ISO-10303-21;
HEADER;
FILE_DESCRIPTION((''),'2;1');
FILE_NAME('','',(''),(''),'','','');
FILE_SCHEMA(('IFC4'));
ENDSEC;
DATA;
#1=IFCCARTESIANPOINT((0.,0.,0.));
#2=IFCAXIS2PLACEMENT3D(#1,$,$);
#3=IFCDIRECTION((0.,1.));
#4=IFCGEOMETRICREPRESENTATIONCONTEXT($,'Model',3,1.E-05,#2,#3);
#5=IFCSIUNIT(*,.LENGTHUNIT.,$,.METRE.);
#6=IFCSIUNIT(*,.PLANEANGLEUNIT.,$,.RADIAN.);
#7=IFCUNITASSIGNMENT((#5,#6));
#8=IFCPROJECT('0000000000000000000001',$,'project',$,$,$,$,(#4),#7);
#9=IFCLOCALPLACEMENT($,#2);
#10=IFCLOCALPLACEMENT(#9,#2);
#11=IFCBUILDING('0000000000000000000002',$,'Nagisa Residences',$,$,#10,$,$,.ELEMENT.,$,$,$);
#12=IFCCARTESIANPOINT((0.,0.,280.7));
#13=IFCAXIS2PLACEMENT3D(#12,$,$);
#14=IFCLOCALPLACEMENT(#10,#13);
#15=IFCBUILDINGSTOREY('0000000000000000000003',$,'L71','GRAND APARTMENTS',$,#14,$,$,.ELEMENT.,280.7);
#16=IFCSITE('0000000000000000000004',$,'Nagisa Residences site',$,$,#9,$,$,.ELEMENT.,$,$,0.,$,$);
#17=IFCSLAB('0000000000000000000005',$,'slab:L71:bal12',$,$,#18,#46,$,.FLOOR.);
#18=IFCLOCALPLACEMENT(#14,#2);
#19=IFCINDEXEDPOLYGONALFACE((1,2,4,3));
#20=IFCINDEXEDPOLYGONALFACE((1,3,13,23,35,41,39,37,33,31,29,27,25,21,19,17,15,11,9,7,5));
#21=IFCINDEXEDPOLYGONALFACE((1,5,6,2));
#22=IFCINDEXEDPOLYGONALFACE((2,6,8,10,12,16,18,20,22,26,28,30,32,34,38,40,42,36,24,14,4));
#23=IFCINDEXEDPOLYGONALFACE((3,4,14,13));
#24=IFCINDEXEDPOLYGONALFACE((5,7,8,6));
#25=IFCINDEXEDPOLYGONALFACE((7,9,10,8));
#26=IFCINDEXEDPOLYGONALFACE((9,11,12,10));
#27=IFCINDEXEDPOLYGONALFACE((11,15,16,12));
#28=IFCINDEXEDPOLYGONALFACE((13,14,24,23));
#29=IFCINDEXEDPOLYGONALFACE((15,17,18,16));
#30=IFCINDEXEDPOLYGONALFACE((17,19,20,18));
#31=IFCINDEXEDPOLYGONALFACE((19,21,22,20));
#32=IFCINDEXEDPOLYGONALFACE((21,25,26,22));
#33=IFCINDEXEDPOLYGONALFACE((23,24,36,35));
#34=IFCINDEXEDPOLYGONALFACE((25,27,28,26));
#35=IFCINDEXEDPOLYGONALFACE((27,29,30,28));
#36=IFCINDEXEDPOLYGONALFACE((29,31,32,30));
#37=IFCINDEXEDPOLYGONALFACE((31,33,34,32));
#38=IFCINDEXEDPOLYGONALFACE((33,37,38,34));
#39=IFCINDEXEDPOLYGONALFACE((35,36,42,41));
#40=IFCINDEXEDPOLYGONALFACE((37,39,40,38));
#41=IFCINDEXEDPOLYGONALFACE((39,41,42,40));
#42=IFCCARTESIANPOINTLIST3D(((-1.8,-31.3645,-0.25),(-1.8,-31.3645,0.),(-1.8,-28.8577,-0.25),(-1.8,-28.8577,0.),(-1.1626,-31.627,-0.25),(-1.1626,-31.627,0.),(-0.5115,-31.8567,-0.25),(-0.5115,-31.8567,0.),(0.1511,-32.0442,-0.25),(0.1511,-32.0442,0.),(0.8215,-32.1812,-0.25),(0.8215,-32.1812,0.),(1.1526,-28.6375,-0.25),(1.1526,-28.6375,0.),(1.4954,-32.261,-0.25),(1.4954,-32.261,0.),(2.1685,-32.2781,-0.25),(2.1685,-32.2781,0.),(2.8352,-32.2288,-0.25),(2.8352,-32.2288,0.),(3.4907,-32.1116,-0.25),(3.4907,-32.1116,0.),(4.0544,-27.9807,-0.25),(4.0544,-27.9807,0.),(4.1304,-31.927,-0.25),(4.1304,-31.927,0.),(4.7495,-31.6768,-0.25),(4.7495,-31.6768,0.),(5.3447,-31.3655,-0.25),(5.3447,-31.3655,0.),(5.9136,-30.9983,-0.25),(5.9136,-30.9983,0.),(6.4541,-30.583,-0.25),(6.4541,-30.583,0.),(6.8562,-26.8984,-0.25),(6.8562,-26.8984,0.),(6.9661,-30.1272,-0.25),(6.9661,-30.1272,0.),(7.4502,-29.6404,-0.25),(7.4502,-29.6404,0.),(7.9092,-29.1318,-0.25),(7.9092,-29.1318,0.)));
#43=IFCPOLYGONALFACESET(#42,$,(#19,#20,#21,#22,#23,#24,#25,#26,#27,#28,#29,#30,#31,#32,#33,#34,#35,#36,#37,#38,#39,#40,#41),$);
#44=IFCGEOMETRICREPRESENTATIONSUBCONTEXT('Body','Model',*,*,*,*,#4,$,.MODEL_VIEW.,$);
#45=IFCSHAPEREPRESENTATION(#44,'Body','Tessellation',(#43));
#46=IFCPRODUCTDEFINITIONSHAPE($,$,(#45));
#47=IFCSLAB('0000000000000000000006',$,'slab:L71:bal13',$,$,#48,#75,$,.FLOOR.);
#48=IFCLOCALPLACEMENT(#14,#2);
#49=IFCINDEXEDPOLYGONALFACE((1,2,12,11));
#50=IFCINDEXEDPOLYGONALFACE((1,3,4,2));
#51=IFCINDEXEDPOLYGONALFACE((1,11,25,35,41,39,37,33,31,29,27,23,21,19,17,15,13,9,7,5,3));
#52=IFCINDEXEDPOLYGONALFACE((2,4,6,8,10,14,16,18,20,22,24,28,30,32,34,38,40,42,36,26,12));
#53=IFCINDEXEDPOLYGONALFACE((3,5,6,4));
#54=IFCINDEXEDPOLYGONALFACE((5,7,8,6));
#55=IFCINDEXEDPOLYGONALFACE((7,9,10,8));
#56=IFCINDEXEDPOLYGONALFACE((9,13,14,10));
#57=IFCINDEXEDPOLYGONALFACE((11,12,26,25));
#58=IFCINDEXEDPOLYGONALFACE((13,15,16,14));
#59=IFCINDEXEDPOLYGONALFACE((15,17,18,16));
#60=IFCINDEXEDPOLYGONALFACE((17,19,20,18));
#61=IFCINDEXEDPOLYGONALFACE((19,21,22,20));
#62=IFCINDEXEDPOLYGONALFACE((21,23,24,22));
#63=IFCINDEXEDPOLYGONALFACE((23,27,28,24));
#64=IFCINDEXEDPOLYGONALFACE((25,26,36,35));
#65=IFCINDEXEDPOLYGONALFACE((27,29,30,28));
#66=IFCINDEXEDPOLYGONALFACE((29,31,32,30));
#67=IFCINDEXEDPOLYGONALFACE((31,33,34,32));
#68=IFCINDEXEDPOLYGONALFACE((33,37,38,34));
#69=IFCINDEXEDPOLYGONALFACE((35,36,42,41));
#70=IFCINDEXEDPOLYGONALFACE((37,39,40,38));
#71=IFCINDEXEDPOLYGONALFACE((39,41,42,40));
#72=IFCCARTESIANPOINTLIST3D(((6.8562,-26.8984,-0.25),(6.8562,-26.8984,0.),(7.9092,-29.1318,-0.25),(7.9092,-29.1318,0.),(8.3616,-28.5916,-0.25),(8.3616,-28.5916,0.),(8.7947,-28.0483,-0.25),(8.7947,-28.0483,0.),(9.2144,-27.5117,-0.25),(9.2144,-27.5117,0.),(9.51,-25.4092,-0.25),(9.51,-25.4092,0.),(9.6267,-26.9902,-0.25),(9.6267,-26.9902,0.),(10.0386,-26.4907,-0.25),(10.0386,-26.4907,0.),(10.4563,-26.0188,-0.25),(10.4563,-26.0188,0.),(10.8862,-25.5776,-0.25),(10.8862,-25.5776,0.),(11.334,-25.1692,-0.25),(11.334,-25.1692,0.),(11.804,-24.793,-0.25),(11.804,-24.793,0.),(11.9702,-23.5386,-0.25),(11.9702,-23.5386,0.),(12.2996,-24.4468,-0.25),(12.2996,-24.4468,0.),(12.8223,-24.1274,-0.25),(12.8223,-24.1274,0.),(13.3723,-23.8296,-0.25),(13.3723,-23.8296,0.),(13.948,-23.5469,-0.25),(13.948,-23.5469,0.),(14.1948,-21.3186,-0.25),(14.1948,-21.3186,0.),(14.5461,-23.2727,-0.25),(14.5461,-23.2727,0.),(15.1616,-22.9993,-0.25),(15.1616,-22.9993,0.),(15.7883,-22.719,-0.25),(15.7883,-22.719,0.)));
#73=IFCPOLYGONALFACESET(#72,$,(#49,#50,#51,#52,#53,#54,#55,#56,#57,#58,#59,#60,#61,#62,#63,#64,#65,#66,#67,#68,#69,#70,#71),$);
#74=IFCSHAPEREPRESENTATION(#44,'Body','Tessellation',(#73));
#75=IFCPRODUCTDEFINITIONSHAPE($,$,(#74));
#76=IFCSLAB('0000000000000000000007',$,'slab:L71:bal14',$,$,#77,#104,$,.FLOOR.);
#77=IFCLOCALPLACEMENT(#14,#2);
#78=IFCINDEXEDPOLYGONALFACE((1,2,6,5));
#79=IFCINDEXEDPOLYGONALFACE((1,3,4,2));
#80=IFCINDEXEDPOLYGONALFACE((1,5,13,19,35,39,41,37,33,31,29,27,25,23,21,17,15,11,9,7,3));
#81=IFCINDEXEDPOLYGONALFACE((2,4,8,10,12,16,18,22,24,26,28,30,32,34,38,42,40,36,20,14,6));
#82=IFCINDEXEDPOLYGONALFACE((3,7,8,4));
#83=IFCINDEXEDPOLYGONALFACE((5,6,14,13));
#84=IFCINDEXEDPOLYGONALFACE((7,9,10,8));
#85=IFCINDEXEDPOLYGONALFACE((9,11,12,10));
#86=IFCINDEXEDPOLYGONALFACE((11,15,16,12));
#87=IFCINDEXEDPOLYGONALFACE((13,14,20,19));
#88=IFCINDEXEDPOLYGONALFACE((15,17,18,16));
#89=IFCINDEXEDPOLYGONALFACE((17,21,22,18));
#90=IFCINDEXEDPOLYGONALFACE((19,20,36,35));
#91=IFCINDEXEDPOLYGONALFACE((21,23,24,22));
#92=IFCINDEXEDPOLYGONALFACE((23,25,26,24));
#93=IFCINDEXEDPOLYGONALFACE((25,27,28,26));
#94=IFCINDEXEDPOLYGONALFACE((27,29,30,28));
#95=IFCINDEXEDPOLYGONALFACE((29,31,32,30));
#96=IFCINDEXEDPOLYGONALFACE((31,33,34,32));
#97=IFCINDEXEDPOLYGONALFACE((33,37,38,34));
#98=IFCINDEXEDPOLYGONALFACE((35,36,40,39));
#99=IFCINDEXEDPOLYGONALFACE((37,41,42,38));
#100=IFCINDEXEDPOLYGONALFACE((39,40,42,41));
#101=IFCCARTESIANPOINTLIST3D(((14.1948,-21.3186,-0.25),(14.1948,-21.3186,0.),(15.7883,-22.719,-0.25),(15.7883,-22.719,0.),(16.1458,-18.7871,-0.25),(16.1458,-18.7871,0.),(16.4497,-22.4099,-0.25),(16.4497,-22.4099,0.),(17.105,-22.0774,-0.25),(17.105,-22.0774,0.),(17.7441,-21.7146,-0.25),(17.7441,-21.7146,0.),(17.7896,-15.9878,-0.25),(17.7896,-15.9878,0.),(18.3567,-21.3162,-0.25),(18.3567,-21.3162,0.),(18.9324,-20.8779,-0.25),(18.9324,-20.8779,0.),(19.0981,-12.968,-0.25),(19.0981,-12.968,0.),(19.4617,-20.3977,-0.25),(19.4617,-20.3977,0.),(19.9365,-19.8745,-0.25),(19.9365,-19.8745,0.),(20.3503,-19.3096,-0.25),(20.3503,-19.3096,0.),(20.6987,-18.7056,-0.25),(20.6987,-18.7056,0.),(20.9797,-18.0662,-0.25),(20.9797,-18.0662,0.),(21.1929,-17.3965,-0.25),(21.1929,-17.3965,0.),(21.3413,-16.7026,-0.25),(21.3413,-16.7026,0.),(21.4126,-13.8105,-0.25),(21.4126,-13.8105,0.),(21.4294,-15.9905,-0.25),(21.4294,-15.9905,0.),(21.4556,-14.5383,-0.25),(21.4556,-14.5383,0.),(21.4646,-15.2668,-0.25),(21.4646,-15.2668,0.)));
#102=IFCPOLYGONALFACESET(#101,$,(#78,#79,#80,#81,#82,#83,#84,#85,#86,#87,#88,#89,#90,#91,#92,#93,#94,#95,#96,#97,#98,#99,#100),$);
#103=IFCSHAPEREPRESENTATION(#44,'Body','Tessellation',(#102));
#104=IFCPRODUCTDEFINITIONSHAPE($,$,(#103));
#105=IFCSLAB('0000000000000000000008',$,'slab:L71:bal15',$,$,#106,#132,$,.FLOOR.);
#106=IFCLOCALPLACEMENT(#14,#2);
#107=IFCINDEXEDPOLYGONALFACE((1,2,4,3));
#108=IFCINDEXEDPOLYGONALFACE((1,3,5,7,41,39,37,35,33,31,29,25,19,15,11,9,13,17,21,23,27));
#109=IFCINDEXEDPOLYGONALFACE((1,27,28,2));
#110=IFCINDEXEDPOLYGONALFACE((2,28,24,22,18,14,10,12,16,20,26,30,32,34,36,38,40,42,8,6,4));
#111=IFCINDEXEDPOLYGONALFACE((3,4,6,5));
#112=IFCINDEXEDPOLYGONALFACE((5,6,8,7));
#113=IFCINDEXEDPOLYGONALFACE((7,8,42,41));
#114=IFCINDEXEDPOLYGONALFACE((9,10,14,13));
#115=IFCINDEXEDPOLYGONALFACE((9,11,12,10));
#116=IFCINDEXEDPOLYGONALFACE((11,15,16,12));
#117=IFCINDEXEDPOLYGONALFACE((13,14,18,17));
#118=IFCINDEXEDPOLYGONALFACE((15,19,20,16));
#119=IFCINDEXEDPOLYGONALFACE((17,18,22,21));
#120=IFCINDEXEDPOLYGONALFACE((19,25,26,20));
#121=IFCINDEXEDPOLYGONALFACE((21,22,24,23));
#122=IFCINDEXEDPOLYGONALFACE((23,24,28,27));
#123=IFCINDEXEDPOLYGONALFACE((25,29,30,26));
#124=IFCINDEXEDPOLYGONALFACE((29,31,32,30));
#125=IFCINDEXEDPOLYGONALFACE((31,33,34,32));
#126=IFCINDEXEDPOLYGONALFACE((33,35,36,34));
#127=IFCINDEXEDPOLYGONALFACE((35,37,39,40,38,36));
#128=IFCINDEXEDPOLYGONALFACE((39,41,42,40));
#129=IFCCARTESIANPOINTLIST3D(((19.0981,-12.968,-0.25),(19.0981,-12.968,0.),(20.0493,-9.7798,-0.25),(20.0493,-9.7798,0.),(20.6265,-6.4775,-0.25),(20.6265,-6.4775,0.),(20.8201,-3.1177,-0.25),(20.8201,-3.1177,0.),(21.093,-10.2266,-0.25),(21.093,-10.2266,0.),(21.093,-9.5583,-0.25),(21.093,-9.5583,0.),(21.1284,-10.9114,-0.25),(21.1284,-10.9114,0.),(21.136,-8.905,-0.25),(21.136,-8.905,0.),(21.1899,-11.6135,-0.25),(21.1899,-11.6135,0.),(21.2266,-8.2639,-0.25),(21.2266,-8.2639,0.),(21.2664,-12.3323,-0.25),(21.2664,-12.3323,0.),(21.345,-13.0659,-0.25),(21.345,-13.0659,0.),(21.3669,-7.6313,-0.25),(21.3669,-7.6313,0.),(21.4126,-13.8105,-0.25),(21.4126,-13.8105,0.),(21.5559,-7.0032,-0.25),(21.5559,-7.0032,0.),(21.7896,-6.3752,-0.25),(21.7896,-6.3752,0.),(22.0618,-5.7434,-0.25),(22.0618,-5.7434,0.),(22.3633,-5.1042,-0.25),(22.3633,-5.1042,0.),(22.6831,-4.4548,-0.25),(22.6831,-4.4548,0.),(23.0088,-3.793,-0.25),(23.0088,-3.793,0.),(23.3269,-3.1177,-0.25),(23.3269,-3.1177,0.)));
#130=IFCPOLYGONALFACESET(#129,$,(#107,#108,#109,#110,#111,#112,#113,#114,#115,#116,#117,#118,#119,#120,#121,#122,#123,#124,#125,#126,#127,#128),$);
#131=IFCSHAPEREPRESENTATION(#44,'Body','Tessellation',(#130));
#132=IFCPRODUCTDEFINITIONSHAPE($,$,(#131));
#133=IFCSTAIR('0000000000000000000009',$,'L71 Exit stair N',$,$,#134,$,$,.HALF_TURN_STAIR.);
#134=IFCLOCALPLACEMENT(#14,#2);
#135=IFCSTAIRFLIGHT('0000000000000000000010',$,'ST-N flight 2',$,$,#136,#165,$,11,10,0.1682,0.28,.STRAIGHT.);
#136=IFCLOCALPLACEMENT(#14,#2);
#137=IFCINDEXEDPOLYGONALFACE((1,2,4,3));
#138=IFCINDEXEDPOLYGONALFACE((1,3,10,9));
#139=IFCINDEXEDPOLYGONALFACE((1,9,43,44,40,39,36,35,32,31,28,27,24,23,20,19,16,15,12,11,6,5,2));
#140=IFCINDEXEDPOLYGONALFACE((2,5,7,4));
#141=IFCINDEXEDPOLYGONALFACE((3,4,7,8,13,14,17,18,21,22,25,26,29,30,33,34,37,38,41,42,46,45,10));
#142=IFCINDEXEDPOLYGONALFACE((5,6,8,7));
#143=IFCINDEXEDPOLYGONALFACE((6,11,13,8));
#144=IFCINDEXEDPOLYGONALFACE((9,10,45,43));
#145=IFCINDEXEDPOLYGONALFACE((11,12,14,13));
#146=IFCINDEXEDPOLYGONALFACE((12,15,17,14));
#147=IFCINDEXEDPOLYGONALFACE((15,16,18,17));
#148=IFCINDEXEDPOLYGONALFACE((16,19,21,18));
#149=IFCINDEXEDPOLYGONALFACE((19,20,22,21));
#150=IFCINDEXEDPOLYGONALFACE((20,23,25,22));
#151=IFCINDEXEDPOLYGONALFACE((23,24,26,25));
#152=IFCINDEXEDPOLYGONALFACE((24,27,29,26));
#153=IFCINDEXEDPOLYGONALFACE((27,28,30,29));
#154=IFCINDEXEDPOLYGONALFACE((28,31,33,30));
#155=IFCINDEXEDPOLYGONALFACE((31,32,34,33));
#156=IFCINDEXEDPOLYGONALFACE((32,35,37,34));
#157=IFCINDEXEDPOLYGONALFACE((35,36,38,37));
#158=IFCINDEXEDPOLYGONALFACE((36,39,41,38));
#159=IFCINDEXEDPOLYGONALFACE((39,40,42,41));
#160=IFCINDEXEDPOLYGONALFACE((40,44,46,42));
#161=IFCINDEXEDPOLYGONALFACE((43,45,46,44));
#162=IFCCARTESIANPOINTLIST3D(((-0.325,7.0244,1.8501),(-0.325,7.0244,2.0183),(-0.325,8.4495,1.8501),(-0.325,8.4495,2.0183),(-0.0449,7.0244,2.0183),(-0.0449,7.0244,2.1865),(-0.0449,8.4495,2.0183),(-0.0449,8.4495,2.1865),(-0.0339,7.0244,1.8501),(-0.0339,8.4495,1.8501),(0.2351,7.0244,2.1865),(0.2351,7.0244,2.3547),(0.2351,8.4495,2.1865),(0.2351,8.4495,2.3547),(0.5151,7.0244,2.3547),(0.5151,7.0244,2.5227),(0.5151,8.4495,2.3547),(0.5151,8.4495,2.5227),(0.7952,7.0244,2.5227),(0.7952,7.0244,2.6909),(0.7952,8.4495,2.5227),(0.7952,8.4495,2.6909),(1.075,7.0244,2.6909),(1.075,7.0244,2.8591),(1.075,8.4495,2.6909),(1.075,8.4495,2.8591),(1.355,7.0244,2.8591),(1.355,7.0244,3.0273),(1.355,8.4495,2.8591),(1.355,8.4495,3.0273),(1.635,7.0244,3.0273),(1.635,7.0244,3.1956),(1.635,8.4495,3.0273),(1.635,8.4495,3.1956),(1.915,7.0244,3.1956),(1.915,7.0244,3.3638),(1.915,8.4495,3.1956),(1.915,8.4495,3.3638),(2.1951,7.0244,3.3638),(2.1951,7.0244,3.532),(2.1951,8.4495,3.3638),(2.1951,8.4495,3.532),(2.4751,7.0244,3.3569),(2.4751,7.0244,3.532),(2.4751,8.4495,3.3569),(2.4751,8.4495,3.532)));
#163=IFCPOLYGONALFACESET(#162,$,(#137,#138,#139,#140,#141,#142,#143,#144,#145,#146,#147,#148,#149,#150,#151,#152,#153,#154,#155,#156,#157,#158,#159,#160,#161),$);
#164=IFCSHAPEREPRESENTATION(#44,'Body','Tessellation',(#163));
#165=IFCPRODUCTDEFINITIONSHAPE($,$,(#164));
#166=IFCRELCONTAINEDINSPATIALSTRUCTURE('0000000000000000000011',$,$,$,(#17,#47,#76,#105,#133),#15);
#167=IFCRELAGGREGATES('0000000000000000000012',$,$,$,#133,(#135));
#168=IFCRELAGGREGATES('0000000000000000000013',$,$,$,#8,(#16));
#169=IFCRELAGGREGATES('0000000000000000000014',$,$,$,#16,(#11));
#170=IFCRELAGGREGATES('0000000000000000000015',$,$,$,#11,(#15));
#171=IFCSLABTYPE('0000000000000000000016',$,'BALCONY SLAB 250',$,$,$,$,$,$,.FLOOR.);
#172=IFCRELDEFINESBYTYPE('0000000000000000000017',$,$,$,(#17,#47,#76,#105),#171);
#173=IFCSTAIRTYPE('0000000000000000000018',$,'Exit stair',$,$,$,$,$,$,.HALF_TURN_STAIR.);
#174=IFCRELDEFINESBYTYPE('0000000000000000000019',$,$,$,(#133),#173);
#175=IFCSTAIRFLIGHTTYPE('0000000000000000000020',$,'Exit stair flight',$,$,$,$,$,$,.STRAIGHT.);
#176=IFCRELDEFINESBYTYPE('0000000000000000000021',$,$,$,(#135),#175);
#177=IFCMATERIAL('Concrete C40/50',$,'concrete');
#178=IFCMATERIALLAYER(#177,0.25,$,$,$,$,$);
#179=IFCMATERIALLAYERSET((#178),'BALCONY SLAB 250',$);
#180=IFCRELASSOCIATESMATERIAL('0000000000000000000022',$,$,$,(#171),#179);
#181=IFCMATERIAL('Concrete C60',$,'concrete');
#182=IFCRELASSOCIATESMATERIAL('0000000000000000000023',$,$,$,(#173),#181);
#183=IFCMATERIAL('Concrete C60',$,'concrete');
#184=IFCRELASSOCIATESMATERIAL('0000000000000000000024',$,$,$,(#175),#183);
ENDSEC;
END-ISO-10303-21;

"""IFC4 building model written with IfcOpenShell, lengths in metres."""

from ifc_helpers import new_model, si_unit, direction, frame, origin, place, context, subcontext, project, spatial, polyline, outline, extrude, material, layer, layer_set, type_object, element, aggregate, save


model = new_model("IFC4")

# Units and contexts
model_context = context("Model", 3, precision=1e-05, world=origin(), true_north=direction((0.0, 1.0)))
body_context = subcontext(model_context, "Body", "Model", "MODEL_VIEW")
ifc_project = project(units=[si_unit("LENGTHUNIT", "METRE"), si_unit("PLANEANGLEUNIT", "RADIAN")], contexts=[model_context])

# Site, building, storey
site_placement = place(None, origin())
site = spatial("IfcSite", under=ifc_project, at=site_placement, Name="Nagisa Residences site", CompositionType="ELEMENT", RefElevation=0.0)
building_placement = place(site_placement, origin())
building = spatial("IfcBuilding", under=site, at=building_placement, Name="Nagisa Residences", CompositionType="ELEMENT")
storey_placement = place(building_placement, frame((0.0, 0.0, 280.7)))
storey = spatial("IfcBuildingStorey", under=building, at=storey_placement, Name="L71", Description="GRAND APARTMENTS", CompositionType="ELEMENT", Elevation=280.7)

# Slabs
ifc_material_1 = material(Name="Concrete C40/50", Category="concrete")
ifc_layer = layer(ifc_material_1, 0.25)
ifc_layer_set = layer_set([ifc_layer], Name="BALCONY SLAB 250")
slab_type = type_object("IfcSlabType", Name="BALCONY SLAB 250", PredefinedType="FLOOR", material=ifc_layer_set)
slab_1_placement = place(storey_placement, frame((0.0, 0.0, -0.25)))
element("IfcSlab", 1, at=slab_1_placement, inside=storey, type_object=slab_type, Name="slab:L71:bal12", PredefinedType="FLOOR", context=body_context, shape_type="SweptSolid", body=[
    extrude(outline(polyline([(-1.8, -31.3645), (-1.1626, -31.627), (-0.5115, -31.8567), (0.1511, -32.0442), (0.8215, -32.1812), (1.4954, -32.261), (2.1685, -32.2781), (2.8352, -32.2288), (3.4907, -32.1116), (4.1304, -31.927), (4.7495, -31.6768), (5.3447, -31.3655), (5.9136, -30.9983), (6.4541, -30.583), (6.9661, -30.1272), (7.4502, -29.6404), (7.9092, -29.1318), (6.8562, -26.8984), (4.0544, -27.9807), (1.1526, -28.6375), (-1.8, -28.8577), (-1.8, -31.3645)])), origin(), (0.0, 0.0, 1.0), 0.25),
])
slab_2_placement = place(storey_placement, frame((0.0, 0.0, -0.25)))
element("IfcSlab", 2, at=slab_2_placement, inside=storey, type_object=slab_type, Name="slab:L71:bal13", PredefinedType="FLOOR", context=body_context, shape_type="SweptSolid", body=[
    extrude(outline(polyline([(7.9092, -29.1318), (8.3616, -28.5916), (8.7947, -28.0483), (9.2144, -27.5117), (9.6267, -26.9902), (10.0386, -26.4907), (10.4563, -26.0188), (10.8862, -25.5776), (11.334, -25.1692), (11.804, -24.793), (12.2996, -24.4468), (12.8223, -24.1274), (13.3723, -23.8296), (13.948, -23.5469), (14.5461, -23.2727), (15.1616, -22.9993), (15.7883, -22.719), (14.1948, -21.3186), (11.9702, -23.5386), (9.51, -25.4092), (6.8562, -26.8984), (7.9092, -29.1318)])), origin(), (0.0, 0.0, 1.0), 0.25),
])
slab_3_placement = place(storey_placement, frame((0.0, 0.0, -0.25)))
element("IfcSlab", 3, at=slab_3_placement, inside=storey, type_object=slab_type, Name="slab:L71:bal14", PredefinedType="FLOOR", context=body_context, shape_type="SweptSolid", body=[
    extrude(outline(polyline([(15.7883, -22.719), (16.4497, -22.4099), (17.105, -22.0774), (17.7441, -21.7146), (18.3567, -21.3162), (18.9324, -20.8779), (19.4617, -20.3977), (19.9365, -19.8745), (20.3503, -19.3096), (20.6987, -18.7056), (20.9797, -18.0662), (21.1929, -17.3965), (21.3413, -16.7026), (21.4294, -15.9905), (21.4646, -15.2668), (21.4556, -14.5383), (21.4126, -13.8105), (19.0981, -12.968), (17.7896, -15.9878), (16.1458, -18.7871), (14.1948, -21.3186), (15.7883, -22.719)])), origin(), (0.0, 0.0, 1.0), 0.25),
])
slab_4_placement = place(storey_placement, frame((0.0, 0.0, -0.25)))
element("IfcSlab", 4, at=slab_4_placement, inside=storey, type_object=slab_type, Name="slab:L71:bal15", PredefinedType="FLOOR", context=body_context, shape_type="SweptSolid", body=[
    extrude(outline(polyline([(21.4126, -13.8105), (21.345, -13.0659), (21.2664, -12.3323), (21.1899, -11.6135), (21.1284, -10.9114), (21.093, -10.2266), (21.093, -9.5583), (21.136, -8.905), (21.2266, -8.2639), (21.3669, -7.6313), (21.5559, -7.0032), (21.7896, -6.3752), (22.0618, -5.7434), (22.3633, -5.1042), (22.6831, -4.4548), (23.0088, -3.793), (23.3269, -3.1177), (20.8201, -3.1177), (20.6265, -6.4775), (20.0493, -9.7798), (19.0981, -12.968), (21.4126, -13.8105)])), origin(), (0.0, 0.0, 1.0), 0.25),
])

# Stair, stair flight
ifc_material_2 = material(Name="Concrete C60", Category="concrete")
stair_type = type_object("IfcStairType", Name="Exit stair", PredefinedType="HALF_TURN_STAIR", material=ifc_material_2)
stair_placement = place(storey_placement, origin())
stair = element("IfcStair", 5, at=stair_placement, inside=storey, type_object=stair_type, Name="L71 Exit stair N", PredefinedType="HALF_TURN_STAIR")
ifc_material_3 = material(Name="Concrete C60", Category="concrete")
stair_flight_type = type_object("IfcStairFlightType", Name="Exit stair flight", PredefinedType="STRAIGHT", material=ifc_material_3)
stair_flight_placement = place(storey_placement, frame((-0.325, 7.7371, 1.8501), z_axis=(0.0, 0.0, 1.0), x_axis=(1.0, 0.0, 0.0)))
stair_flight = element("IfcStairFlight", 6, at=stair_flight_placement, type_object=stair_flight_type, Name="ST-N flight 2", NumberOfRisers=11, NumberOfTreads=10, PredefinedType="STRAIGHT", RiserHeight=0.1682, TreadLength=0.28, context=body_context, shape_type="SweptSolid", body=[
    extrude(outline(polyline([(0.0, 0.0), (0.0, 0.1682), (0.28, 0.1682), (0.28, 0.3364), (0.5601, 0.3364), (0.5601, 0.5046), (0.8401, 0.5046), (0.8401, 0.6726), (1.1201, 0.6726), (1.1201, 0.8408), (1.3999, 0.8408), (1.3999, 1.009), (1.6799, 1.009), (1.6799, 1.1772), (1.96, 1.1772), (1.96, 1.3455), (2.24, 1.3455), (2.24, 1.5137), (2.52, 1.5137), (2.52, 1.6819), (2.8, 1.6819), (2.8, 1.8501), (2.8, 1.5068), (0.291, 0.0), (0.0, 0.0)])), frame((0.0, 0.7124, 0.0), z_axis=(0.0, -1.0, 0.0), x_axis=(1.0, 0.0, 0.0)), (0.0, 0.0, 1.0), 1.425),
])
aggregate(stair, [stair_flight])

save(model, "model.ifc")
